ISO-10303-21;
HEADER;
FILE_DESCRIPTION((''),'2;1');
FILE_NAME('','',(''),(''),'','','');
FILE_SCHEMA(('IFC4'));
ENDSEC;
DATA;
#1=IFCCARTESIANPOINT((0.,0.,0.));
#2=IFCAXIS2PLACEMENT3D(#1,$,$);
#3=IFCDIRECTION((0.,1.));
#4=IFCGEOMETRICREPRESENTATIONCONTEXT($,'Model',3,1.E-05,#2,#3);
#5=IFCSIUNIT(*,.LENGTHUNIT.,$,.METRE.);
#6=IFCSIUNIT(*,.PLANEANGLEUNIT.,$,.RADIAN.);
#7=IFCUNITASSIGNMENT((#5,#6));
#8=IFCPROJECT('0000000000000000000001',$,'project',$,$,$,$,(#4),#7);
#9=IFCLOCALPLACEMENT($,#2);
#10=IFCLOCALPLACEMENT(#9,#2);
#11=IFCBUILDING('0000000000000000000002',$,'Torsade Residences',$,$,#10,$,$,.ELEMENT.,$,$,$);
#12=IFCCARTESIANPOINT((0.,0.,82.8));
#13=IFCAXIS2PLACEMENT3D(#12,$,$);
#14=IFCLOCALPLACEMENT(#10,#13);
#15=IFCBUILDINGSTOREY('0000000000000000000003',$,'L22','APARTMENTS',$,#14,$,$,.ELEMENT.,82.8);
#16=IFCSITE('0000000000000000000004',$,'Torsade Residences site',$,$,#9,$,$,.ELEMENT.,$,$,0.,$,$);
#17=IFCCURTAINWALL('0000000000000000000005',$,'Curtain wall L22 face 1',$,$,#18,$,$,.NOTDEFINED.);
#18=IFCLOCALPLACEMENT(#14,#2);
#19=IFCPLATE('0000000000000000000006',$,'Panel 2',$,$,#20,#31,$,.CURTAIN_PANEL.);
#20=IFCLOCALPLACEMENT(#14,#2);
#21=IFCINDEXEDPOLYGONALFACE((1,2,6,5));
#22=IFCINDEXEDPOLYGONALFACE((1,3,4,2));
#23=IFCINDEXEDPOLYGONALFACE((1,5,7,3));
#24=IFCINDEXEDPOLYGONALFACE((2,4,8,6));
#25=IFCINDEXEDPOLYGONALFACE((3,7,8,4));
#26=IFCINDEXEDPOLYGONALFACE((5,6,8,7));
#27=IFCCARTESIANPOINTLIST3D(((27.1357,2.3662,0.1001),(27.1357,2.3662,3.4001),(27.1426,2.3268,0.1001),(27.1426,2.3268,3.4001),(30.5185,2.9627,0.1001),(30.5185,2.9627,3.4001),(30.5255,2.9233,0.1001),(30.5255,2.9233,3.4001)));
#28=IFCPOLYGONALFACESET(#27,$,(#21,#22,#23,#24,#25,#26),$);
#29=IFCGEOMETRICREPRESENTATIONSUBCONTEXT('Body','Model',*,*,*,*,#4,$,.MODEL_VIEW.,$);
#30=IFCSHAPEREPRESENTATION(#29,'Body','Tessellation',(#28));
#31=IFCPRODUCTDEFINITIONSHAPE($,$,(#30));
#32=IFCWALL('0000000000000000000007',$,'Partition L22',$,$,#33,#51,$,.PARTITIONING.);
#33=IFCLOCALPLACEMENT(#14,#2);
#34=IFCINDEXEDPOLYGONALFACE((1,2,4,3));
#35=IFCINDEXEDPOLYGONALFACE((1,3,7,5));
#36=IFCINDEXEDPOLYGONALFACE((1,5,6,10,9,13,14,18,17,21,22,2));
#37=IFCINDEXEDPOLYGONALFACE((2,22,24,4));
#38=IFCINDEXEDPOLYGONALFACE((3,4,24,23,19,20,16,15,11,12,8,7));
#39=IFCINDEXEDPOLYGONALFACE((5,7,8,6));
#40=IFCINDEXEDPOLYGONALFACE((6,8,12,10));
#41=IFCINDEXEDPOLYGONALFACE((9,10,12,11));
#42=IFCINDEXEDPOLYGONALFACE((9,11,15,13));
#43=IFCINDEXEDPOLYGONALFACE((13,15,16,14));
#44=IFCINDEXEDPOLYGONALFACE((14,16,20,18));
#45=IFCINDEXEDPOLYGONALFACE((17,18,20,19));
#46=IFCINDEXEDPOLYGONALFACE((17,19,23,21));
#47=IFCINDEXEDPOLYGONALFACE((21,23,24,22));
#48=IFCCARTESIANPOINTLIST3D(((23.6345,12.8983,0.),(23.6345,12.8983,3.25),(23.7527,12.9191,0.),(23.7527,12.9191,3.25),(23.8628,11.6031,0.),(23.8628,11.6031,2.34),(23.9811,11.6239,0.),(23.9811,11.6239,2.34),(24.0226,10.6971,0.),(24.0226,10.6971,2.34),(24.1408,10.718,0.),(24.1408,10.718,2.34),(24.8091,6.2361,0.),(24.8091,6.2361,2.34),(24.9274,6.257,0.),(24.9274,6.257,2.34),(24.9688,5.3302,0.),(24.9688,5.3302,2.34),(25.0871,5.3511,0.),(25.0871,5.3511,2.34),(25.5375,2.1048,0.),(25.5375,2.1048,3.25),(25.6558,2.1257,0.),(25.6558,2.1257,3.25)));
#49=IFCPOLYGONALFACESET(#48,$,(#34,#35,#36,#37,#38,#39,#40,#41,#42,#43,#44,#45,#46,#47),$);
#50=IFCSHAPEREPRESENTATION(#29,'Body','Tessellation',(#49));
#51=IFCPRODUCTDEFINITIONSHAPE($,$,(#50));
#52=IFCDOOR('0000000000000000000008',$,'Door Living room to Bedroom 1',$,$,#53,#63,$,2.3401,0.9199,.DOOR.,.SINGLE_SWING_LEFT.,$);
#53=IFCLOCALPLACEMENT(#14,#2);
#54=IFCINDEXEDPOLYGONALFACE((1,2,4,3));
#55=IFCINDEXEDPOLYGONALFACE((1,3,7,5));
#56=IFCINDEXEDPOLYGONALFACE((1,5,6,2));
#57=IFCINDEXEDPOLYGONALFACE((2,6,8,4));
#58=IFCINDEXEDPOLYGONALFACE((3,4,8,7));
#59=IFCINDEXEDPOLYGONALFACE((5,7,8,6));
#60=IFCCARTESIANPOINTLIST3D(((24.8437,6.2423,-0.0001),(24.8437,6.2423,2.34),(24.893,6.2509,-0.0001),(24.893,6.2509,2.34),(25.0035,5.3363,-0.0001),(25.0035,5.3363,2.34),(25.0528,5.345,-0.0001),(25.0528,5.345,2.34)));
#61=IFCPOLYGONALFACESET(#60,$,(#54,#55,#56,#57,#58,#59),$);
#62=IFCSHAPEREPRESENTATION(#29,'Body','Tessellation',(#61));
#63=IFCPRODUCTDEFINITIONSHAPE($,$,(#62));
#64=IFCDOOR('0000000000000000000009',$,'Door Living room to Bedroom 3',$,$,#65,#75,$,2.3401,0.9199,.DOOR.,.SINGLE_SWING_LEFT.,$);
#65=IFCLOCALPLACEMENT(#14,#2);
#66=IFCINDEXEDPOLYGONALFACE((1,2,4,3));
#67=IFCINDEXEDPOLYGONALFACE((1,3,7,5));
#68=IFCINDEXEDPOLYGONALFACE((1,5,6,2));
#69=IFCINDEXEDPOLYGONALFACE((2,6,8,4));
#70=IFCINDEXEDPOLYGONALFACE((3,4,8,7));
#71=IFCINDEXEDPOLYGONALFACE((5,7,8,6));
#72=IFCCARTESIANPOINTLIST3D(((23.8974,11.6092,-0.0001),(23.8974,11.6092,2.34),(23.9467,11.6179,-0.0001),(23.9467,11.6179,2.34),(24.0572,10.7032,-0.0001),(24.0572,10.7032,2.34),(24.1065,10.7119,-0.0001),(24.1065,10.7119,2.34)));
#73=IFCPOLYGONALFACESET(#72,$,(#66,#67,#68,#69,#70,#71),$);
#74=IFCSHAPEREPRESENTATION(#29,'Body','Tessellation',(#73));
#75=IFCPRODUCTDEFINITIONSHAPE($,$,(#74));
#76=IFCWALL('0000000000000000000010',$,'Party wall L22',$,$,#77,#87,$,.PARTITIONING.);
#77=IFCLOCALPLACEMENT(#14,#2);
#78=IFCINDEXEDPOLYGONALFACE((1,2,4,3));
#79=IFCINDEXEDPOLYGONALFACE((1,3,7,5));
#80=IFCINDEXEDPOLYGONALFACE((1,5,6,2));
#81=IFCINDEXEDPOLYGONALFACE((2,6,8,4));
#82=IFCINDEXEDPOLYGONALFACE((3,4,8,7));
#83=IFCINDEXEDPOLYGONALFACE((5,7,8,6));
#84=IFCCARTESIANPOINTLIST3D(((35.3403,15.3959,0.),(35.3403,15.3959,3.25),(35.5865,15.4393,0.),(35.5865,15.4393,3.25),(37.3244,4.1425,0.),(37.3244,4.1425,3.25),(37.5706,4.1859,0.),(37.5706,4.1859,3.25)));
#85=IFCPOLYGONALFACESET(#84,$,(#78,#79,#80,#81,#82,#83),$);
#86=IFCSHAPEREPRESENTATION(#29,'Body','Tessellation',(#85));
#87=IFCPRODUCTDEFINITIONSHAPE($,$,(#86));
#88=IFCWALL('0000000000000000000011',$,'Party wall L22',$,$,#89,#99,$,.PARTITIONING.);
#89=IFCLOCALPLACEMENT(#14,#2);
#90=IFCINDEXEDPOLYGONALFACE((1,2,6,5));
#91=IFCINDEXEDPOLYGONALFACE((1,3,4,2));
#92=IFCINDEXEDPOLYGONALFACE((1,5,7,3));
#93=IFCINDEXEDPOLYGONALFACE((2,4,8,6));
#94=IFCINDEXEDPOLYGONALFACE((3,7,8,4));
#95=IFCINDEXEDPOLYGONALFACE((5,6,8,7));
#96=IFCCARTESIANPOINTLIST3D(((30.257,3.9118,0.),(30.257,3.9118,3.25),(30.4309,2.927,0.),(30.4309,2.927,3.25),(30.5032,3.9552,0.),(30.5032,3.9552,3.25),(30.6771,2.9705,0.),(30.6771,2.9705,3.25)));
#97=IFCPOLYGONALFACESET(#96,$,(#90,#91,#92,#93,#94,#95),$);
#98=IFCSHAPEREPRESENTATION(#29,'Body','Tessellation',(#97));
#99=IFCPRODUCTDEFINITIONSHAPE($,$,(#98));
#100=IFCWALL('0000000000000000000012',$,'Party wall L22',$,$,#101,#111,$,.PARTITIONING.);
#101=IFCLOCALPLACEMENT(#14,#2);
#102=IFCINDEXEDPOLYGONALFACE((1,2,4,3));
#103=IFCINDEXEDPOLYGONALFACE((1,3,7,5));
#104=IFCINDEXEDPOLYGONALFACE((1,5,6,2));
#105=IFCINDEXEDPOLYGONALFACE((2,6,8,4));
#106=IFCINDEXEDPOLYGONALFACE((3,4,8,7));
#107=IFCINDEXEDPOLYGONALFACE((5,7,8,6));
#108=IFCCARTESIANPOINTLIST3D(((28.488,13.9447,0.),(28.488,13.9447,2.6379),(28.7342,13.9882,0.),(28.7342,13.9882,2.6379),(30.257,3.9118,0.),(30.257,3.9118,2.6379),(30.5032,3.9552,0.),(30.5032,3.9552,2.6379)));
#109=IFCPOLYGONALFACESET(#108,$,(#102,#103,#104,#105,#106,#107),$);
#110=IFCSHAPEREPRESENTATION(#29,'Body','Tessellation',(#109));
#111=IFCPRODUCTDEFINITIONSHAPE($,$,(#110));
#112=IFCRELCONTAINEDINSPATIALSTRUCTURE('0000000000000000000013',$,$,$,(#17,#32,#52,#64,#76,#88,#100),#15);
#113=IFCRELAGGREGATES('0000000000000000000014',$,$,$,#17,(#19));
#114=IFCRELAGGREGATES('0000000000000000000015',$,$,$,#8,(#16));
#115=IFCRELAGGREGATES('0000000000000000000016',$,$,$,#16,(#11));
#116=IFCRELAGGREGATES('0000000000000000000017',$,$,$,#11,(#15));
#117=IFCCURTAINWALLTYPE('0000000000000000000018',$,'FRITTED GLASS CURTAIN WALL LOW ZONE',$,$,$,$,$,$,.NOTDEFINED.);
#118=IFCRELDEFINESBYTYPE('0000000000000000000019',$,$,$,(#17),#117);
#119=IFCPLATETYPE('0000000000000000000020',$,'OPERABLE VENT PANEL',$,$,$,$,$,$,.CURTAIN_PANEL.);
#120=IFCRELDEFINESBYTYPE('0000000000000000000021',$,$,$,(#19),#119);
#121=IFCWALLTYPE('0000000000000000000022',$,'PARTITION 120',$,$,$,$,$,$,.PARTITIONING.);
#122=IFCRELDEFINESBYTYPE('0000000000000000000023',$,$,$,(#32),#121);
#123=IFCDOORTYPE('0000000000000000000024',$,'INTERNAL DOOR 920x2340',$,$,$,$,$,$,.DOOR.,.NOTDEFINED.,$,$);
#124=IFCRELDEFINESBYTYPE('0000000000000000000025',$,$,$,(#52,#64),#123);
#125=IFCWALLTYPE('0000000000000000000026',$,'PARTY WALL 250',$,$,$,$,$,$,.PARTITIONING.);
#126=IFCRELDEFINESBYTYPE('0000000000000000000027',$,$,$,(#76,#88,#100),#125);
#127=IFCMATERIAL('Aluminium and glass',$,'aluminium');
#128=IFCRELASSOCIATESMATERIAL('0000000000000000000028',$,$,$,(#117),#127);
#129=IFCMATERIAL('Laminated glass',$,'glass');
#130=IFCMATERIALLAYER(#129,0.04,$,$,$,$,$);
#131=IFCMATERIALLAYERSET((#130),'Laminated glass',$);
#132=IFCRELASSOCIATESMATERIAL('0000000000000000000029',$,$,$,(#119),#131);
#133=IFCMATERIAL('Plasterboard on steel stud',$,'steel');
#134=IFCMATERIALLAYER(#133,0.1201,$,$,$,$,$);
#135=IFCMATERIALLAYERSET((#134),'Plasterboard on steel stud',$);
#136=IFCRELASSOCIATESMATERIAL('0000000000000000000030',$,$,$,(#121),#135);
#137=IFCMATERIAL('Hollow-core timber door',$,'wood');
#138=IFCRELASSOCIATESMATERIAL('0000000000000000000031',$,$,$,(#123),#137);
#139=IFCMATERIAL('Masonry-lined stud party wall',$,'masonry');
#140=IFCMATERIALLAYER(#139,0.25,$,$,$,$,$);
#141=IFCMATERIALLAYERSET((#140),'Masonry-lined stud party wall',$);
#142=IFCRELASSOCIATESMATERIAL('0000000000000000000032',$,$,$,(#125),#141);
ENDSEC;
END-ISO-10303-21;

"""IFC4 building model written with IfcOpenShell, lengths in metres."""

from ifc_helpers import new_model, si_unit, direction, frame, frame_2d, origin, origin_2d, place, context, subcontext, project, spatial, rectangle, extrude, material, layer, layer_set, type_object, element, fill, aggregate, save


model = new_model("IFC4")

# Units and contexts
model_context = context("Model", 3, precision=1e-05, world=origin(), true_north=direction((0.0, 1.0)))
body_context = subcontext(model_context, "Body", "Model", "MODEL_VIEW")
ifc_project = project(units=[si_unit("LENGTHUNIT", "METRE"), si_unit("PLANEANGLEUNIT", "RADIAN")], contexts=[model_context])

# Site, building, storey
site_placement = place(None, origin())
site = spatial("IfcSite", under=ifc_project, at=site_placement, Name="Torsade Residences site", CompositionType="ELEMENT", RefElevation=0.0)
building_placement = place(site_placement, origin())
building = spatial("IfcBuilding", under=site, at=building_placement, Name="Torsade Residences", CompositionType="ELEMENT")
storey_placement = place(building_placement, frame((0.0, 0.0, 82.8)))
storey = spatial("IfcBuildingStorey", under=building, at=storey_placement, Name="L22", Description="APARTMENTS", CompositionType="ELEMENT", Elevation=82.8)

# Curtain wall
ifc_material_1 = material(Name="Aluminium and glass", Category="aluminium")
curtain_wall_type = type_object("IfcCurtainWallType", Name="FRITTED GLASS CURTAIN WALL LOW ZONE", PredefinedType="NOTDEFINED", material=ifc_material_1)
curtain_wall_placement = place(storey_placement, origin())
curtain_wall = element("IfcCurtainWall", 1, at=curtain_wall_placement, inside=storey, type_object=curtain_wall_type, Name="Curtain wall L22 face 1", PredefinedType="NOTDEFINED")

# Plate
ifc_material_2 = material(Name="Laminated glass", Category="glass")
ifc_layer_1 = layer(ifc_material_2, 0.04)
ifc_layer_set_1 = layer_set([ifc_layer_1], Name="Laminated glass")
plate_type_1 = type_object("IfcPlateType", Name="OPERABLE VENT PANEL", PredefinedType="CURTAIN_PANEL", material=ifc_layer_set_1)
plate_1_placement = place(storey_placement, frame((28.8306, 2.6448, 0.1001), z_axis=(0.0, 0.0, 1.0), x_axis=(0.984808, 0.173648, 0.0)))
plate_1 = element("IfcPlate", 2, at=plate_1_placement, type_object=plate_type_1, Name="Panel 2", PredefinedType="CURTAIN_PANEL", context=body_context, shape_type="SweptSolid", body=[
    extrude(rectangle(XDim=3.4351, YDim=0.04, at=origin_2d()), origin(), (0.0, 0.0, 1.0), 3.3),
])
aggregate(curtain_wall, [plate_1])

# Wall, openings, doors
ifc_material_3 = material(Name="Plasterboard on steel stud", Category="steel")
ifc_layer_2 = layer(ifc_material_3, 0.1201)
ifc_layer_set_2 = layer_set([ifc_layer_2], Name="Plasterboard on steel stud")
wall_type_1 = type_object("IfcWallType", Name="PARTITION 120", PredefinedType="PARTITIONING", material=ifc_layer_set_2)
wall_1_placement = place(storey_placement, frame((25.5967, 2.1152, 0.0), z_axis=(0.0, 0.0, 1.0), x_axis=(-0.173639, 0.984809, 0.0)))
wall_1 = element("IfcWall", 3, at=wall_1_placement, inside=storey, type_object=wall_type_1, Name="Partition L22", PredefinedType="PARTITIONING", context=body_context, shape_type="SweptSolid", body=[
    extrude(rectangle(XDim=10.96, YDim=0.1201, at=frame_2d((5.48, 0.0))), origin(), (0.0, 0.0, 1.0), 3.25),
])
opening_1_placement = place(wall_1_placement, frame((3.2751, 0.0, 0.0)))
opening_1 = element("IfcOpeningElement", 4, at=opening_1_placement, cuts=wall_1, PredefinedType="OPENING", context=body_context, shape_type="SweptSolid", body=[
    extrude(rectangle(XDim=0.9199, YDim=2.3401, at=frame_2d((0.46, 1.1699))), frame((0.0, 0.0701, 0.0), z_axis=(0.0, -1.0, 0.0), x_axis=(1.0, 0.0, 0.0)), (0.0, 0.0, 1.0), 0.1401),
])
opening_2_placement = place(wall_1_placement, frame((8.7249, 0.0, 0.0)))
opening_2 = element("IfcOpeningElement", 5, at=opening_2_placement, cuts=wall_1, PredefinedType="OPENING", context=body_context, shape_type="SweptSolid", body=[
    extrude(rectangle(XDim=0.9199, YDim=2.3401, at=frame_2d((0.46, 1.1699))), frame((0.0, 0.0701, 0.0), z_axis=(0.0, -1.0, 0.0), x_axis=(1.0, 0.0, 0.0)), (0.0, 0.0, 1.0), 0.1401),
])
ifc_material_4 = material(Name="Hollow-core timber door", Category="wood")
door_type = type_object("IfcDoorType", Name="INTERNAL DOOR 920x2340", OperationType="NOTDEFINED", PredefinedType="DOOR", material=ifc_material_4)
door_1_placement = place(opening_1_placement, origin())
door_1 = element("IfcDoor", 6, at=door_1_placement, inside=storey, type_object=door_type, Name="Door Living room to Bedroom 1", OperationType="SINGLE_SWING_LEFT", OverallHeight=2.3401, OverallWidth=0.9199, PredefinedType="DOOR", context=body_context, shape_type="SweptSolid", body=[
    extrude(rectangle(XDim=0.9199, YDim=2.3401, at=frame_2d((0.46, 1.1699))), frame((0.0, 0.0249, 0.0), z_axis=(0.0, -1.0, 0.0), x_axis=(1.0, 0.0, 0.0)), (0.0, 0.0, 1.0), 0.05),
])
fill(opening_1, door_1)
door_2_placement = place(opening_2_placement, origin())
door_2 = element("IfcDoor", 7, at=door_2_placement, inside=storey, type_object=door_type, Name="Door Living room to Bedroom 3", OperationType="SINGLE_SWING_LEFT", OverallHeight=2.3401, OverallWidth=0.9199, PredefinedType="DOOR", context=body_context, shape_type="SweptSolid", body=[
    extrude(rectangle(XDim=0.9199, YDim=2.3401, at=frame_2d((0.46, 1.1699))), frame((0.0, 0.0249, 0.0), z_axis=(0.0, -1.0, 0.0), x_axis=(1.0, 0.0, 0.0)), (0.0, 0.0, 1.0), 0.05),
])
fill(opening_2, door_2)

# Walls
ifc_material_5 = material(Name="Masonry-lined stud party wall", Category="masonry")
ifc_layer_3 = layer(ifc_material_5, 0.25)
ifc_layer_set_3 = layer_set([ifc_layer_3], Name="Masonry-lined stud party wall")
wall_type_2 = type_object("IfcWallType", Name="PARTY WALL 250", PredefinedType="PARTITIONING", material=ifc_layer_set_3)
wall_2_placement = place(storey_placement, frame((37.4475, 4.1643, 0.0), z_axis=(0.0, 0.0, 1.0), x_axis=(-0.173635, 0.98481, 0.0)))
element("IfcWall", 8, at=wall_2_placement, inside=storey, type_object=wall_type_2, Name="Party wall L22", PredefinedType="PARTITIONING", context=body_context, shape_type="SweptSolid", body=[
    extrude(rectangle(XDim=11.427, YDim=0.25, at=frame_2d((5.7134, 0.0))), origin(), (0.0, 0.0, 1.0), 3.25),
])
wall_3_placement = place(storey_placement, frame((30.554, 2.9487, 0.0), z_axis=(0.0, 0.0, 1.0), x_axis=(-0.173813, 0.984779, 0.0)))
element("IfcWall", 9, at=wall_3_placement, inside=storey, type_object=wall_type_2, Name="Party wall L22", PredefinedType="PARTITIONING", context=body_context, shape_type="SweptSolid", body=[
    extrude(rectangle(XDim=1.0, YDim=0.25, at=frame_2d((0.5, 0.0))), origin(), (0.0, 0.0, 1.0), 3.25),
])
wall_4_placement = place(storey_placement, frame((30.3801, 3.9336, 0.0), z_axis=(0.0, 0.0, 1.0), x_axis=(-0.173645, 0.984808, 0.0)))
element("IfcWall", 10, at=wall_4_placement, inside=storey, type_object=wall_type_2, Name="Party wall L22", PredefinedType="PARTITIONING", context=body_context, shape_type="SweptSolid", body=[
    extrude(rectangle(XDim=10.1877, YDim=0.25, at=frame_2d((5.0938, 0.0))), origin(), (0.0, 0.0, 1.0), 2.6379),
])

save(model, "model.ifc")
